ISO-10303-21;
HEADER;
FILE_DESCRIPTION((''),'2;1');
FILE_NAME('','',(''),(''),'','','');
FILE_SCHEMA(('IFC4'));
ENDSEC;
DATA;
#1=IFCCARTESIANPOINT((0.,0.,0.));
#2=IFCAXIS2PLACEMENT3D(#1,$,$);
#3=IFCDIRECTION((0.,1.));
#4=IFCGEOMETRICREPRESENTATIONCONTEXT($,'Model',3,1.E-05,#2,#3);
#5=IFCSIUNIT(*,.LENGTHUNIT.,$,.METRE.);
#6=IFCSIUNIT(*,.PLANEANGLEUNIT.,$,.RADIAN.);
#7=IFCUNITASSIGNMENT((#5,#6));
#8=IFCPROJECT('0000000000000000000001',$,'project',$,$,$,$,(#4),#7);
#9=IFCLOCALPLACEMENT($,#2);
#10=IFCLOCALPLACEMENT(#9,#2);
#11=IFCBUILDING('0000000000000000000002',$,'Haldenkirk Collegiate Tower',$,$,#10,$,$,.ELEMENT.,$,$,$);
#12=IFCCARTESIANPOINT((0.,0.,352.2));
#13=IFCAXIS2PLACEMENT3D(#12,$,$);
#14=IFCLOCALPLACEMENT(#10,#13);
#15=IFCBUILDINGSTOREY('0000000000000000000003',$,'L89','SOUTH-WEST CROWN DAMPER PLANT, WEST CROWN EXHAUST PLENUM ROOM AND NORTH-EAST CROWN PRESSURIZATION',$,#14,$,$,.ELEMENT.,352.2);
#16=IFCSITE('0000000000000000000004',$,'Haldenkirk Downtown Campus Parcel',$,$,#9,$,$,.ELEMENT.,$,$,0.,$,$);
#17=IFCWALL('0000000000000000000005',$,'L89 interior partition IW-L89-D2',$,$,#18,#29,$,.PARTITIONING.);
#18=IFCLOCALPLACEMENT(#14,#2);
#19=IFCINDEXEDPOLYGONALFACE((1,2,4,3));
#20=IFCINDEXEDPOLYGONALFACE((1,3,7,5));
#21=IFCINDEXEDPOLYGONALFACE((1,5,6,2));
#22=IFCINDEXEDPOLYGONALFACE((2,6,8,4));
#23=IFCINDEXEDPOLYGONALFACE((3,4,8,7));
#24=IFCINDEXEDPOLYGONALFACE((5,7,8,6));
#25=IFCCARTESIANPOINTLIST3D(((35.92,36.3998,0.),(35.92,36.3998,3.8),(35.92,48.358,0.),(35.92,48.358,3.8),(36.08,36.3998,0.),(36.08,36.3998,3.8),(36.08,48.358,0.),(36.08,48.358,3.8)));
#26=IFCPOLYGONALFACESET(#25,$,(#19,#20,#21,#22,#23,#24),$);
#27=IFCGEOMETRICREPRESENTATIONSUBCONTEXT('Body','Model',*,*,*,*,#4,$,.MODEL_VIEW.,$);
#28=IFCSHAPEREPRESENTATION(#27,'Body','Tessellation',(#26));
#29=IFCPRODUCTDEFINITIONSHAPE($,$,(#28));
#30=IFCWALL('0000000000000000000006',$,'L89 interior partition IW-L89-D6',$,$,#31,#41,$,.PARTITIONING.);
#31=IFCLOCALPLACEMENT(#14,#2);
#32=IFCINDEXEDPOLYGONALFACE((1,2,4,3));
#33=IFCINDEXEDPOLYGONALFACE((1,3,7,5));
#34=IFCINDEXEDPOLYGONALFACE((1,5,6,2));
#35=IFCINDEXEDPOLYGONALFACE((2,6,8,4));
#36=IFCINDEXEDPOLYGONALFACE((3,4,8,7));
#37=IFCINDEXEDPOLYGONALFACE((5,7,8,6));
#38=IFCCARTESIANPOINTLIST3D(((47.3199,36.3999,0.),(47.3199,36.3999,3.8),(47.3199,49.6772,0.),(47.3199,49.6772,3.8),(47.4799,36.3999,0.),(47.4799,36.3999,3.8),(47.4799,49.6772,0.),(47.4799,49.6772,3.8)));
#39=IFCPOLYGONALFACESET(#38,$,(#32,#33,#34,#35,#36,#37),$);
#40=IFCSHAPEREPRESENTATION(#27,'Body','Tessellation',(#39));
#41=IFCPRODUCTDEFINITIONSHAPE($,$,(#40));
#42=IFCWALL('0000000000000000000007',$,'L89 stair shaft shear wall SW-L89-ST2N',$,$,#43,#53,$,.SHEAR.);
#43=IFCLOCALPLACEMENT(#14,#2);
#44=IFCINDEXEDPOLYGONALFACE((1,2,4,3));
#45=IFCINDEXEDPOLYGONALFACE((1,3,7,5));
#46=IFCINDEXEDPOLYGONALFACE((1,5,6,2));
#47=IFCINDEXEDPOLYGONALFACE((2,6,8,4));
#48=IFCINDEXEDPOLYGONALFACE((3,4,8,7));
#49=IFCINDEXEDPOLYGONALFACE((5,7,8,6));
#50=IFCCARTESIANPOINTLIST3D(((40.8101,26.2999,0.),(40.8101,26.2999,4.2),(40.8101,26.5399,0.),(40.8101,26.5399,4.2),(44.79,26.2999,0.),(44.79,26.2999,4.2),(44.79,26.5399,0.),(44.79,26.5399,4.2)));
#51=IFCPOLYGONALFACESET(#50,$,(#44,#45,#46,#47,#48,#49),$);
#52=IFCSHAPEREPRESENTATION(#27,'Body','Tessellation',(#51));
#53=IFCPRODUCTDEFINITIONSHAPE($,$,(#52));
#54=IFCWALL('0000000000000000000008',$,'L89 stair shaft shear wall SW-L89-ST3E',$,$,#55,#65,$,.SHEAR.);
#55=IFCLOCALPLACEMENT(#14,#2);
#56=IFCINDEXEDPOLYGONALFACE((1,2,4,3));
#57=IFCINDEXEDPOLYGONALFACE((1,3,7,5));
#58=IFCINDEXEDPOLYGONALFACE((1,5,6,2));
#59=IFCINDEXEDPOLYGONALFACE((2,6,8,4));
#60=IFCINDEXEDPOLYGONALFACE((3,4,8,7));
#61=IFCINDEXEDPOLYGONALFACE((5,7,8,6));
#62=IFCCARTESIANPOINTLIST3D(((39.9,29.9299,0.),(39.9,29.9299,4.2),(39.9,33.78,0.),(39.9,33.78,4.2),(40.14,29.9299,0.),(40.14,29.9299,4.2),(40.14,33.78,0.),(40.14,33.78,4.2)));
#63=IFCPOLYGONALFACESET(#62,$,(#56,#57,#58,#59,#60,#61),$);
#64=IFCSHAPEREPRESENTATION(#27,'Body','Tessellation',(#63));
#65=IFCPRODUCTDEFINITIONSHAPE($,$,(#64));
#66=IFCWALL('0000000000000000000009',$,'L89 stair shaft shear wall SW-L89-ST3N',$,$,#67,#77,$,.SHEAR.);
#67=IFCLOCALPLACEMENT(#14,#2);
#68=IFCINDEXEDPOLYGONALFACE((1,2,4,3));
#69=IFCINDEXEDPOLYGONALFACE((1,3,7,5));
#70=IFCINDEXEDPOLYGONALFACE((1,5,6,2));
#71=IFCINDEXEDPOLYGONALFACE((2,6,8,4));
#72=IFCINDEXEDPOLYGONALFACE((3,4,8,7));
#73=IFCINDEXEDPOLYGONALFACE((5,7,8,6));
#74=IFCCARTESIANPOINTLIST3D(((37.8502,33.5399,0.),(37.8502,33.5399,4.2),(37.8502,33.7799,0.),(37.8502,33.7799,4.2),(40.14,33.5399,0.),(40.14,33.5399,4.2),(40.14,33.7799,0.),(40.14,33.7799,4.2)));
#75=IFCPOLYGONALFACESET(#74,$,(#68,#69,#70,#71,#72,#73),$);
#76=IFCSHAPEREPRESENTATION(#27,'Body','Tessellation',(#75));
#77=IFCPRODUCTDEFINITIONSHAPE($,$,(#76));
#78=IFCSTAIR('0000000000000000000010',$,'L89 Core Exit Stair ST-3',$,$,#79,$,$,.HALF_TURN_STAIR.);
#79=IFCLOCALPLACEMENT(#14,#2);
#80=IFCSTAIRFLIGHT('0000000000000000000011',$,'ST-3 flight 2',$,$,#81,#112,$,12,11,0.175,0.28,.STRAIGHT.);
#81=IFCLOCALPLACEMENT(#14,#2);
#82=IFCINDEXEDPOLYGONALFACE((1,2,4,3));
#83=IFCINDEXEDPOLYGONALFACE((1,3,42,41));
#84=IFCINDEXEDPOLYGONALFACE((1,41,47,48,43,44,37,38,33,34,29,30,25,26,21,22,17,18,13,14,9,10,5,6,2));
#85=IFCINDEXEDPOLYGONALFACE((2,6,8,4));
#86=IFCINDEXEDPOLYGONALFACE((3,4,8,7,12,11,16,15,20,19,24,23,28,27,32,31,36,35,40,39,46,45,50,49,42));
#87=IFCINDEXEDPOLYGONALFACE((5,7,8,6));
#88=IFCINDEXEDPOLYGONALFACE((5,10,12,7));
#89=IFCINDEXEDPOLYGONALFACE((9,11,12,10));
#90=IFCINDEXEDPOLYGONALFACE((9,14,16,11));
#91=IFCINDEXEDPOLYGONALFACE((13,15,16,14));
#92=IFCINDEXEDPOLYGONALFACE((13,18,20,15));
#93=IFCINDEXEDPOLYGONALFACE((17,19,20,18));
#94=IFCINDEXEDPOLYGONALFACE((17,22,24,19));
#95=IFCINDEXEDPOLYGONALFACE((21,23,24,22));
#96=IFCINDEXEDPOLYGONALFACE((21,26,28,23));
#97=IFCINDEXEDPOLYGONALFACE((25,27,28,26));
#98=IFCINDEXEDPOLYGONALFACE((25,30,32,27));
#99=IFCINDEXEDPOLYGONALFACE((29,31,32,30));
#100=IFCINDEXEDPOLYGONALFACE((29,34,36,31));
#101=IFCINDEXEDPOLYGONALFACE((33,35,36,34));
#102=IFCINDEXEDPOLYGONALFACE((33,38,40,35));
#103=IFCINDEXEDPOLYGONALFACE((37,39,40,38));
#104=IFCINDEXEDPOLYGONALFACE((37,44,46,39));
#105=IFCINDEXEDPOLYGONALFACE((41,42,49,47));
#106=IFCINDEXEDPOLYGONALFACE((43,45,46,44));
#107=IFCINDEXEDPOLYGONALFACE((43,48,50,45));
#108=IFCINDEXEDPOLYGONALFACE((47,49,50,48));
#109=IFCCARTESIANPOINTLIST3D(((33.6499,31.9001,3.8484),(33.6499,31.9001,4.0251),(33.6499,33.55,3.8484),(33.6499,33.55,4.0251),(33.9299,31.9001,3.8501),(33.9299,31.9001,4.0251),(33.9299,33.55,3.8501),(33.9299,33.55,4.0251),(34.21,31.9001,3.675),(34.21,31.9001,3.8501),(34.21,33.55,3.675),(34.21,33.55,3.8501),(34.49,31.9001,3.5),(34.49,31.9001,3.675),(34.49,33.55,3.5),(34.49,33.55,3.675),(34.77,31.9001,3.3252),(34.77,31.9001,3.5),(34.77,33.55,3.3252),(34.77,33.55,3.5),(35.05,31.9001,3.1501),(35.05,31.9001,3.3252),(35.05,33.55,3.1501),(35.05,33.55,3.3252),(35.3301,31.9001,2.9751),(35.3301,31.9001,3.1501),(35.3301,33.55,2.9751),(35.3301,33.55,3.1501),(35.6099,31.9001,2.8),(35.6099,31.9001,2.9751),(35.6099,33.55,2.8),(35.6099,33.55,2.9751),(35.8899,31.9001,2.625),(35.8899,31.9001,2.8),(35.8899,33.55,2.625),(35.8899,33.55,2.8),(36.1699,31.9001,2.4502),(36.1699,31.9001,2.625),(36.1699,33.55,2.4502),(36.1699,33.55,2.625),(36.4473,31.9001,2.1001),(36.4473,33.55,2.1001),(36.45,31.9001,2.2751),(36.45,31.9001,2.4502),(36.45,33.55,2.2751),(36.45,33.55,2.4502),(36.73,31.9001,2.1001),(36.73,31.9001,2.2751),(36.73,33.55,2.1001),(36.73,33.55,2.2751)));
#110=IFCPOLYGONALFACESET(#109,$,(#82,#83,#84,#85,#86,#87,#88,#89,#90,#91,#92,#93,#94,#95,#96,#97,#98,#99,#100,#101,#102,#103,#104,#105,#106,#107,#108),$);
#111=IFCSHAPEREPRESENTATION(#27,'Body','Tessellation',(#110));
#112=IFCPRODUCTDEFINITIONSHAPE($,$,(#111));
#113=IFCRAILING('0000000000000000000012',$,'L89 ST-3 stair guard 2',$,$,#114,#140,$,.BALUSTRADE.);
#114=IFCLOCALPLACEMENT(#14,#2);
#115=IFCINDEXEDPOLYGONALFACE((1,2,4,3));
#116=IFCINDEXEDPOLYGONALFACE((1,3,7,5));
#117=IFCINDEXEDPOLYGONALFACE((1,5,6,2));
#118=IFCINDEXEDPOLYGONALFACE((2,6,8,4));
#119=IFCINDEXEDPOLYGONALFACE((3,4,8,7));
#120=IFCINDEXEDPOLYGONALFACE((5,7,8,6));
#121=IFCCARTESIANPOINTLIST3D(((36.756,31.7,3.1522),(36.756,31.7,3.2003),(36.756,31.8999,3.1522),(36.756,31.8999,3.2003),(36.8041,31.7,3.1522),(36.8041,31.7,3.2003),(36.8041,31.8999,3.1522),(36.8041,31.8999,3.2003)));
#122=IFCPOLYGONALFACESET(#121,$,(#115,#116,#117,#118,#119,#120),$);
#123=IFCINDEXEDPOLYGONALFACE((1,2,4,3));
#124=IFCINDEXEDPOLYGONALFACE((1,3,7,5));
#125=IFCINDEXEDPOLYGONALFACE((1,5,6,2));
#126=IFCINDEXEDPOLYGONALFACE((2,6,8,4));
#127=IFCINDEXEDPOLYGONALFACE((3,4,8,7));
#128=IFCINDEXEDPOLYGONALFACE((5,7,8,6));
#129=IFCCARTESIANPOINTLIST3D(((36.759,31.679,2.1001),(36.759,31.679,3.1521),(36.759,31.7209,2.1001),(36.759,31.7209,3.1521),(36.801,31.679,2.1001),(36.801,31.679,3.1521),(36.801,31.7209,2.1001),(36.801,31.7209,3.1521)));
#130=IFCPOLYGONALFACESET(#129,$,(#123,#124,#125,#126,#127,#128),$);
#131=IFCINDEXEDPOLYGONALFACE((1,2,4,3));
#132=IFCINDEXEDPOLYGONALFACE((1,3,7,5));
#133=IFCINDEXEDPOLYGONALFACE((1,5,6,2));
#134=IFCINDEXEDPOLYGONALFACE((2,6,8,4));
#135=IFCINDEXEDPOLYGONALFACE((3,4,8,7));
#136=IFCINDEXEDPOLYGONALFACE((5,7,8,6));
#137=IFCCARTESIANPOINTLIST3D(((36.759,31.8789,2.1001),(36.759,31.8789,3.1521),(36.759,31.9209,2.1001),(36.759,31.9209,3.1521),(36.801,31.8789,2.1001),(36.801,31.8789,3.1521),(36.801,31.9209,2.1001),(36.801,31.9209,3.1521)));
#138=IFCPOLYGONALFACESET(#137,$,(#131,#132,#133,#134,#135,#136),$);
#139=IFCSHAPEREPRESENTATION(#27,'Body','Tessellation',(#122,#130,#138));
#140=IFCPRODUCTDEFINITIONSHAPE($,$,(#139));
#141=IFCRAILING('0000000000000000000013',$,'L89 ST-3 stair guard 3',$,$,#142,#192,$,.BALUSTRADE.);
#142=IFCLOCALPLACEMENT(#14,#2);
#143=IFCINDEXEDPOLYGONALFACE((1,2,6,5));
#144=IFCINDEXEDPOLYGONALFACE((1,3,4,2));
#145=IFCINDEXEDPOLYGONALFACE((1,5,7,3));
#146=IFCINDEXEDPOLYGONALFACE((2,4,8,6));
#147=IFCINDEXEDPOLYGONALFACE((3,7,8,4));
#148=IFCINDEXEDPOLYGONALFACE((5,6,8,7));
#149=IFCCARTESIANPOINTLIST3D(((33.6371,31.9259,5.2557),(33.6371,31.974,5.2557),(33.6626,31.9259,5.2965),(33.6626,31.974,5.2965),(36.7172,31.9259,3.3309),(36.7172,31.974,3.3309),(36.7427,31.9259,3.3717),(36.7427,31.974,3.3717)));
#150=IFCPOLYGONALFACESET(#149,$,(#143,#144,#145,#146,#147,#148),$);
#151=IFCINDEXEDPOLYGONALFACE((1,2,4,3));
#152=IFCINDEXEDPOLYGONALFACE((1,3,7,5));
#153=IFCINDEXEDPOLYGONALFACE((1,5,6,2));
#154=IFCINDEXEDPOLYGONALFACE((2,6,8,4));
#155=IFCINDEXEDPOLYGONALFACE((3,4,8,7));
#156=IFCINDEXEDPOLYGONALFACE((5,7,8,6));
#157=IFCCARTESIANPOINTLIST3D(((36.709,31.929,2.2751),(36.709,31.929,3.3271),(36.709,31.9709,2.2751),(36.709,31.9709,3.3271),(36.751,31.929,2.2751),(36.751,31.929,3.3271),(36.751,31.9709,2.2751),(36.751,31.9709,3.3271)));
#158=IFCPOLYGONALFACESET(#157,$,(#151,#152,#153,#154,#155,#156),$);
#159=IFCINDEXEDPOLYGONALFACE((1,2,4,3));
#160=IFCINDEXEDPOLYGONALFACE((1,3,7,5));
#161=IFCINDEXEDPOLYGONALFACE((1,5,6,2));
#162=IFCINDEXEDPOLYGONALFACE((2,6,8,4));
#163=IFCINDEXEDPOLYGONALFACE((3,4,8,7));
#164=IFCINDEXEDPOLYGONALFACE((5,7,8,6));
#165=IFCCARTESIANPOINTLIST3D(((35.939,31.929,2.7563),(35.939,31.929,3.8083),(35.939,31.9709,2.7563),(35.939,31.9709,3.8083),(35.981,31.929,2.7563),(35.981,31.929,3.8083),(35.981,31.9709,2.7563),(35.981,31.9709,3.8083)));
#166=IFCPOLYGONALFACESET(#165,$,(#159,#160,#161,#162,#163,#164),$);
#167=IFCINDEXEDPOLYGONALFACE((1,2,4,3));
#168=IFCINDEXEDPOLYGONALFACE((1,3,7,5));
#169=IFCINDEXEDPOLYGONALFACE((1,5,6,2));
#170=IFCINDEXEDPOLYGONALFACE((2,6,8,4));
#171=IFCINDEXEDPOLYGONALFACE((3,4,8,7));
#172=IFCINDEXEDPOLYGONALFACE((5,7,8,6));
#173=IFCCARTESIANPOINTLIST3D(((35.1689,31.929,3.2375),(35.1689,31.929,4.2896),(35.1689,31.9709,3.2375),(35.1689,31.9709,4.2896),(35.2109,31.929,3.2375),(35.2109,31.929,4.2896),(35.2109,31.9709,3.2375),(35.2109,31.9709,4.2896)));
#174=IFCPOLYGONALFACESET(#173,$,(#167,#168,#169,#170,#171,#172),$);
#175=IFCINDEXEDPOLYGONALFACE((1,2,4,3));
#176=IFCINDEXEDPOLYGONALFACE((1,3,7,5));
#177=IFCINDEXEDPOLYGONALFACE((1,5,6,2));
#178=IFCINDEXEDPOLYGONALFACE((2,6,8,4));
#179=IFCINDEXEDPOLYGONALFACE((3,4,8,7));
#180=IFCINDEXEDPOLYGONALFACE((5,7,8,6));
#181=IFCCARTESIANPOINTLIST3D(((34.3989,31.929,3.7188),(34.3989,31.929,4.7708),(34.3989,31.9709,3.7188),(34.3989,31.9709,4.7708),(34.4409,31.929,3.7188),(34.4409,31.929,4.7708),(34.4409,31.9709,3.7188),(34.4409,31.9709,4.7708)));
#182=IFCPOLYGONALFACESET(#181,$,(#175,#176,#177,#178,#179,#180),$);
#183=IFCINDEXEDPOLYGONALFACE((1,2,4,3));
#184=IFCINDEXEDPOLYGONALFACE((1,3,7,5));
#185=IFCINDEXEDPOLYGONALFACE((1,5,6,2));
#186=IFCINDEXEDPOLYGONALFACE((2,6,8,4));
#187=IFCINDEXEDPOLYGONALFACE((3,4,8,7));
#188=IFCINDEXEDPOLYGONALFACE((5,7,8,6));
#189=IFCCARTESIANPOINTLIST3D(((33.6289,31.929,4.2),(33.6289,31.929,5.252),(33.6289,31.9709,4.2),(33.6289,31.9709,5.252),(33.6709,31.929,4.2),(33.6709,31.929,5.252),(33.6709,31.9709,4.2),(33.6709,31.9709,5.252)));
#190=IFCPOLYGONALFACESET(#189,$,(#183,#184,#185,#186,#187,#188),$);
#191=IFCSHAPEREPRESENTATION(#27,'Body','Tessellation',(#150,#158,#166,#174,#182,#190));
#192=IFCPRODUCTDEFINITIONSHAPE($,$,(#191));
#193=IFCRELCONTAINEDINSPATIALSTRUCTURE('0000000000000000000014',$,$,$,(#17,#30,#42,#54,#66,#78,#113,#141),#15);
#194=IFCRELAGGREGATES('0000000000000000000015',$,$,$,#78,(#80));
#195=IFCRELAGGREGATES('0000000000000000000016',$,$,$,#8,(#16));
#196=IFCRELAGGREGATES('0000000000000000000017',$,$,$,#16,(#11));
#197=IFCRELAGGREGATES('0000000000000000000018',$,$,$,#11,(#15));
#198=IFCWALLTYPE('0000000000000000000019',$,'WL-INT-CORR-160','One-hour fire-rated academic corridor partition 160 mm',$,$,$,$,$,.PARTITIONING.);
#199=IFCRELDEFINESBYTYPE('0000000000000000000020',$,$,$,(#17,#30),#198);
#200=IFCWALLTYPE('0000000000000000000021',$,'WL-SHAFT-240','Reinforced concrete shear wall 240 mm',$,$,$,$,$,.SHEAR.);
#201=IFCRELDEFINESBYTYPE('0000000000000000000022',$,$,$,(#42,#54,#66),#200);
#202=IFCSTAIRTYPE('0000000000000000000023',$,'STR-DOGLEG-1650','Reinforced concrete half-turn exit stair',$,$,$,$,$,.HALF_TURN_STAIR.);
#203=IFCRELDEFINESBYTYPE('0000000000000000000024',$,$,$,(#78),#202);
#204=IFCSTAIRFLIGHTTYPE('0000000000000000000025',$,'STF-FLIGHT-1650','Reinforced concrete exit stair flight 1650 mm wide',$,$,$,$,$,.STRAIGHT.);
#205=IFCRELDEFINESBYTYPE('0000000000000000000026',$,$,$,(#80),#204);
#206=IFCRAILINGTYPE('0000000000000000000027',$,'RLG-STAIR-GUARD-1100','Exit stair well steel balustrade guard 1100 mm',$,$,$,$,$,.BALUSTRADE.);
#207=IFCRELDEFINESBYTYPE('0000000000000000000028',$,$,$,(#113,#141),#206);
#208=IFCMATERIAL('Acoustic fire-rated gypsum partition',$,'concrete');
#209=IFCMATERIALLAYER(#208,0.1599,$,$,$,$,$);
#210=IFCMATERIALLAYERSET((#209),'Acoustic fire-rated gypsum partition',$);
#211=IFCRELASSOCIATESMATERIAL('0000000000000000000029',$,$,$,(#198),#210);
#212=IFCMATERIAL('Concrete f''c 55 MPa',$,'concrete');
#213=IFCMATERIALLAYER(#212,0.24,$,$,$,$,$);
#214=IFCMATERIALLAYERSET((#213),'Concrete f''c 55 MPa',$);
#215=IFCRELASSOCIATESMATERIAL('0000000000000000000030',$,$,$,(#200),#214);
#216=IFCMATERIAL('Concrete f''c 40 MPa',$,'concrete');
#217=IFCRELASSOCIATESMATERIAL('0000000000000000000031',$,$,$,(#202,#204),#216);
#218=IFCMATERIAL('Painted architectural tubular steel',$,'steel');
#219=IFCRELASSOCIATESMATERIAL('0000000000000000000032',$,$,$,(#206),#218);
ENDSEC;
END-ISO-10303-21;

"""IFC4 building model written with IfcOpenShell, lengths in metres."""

from ifc_helpers import new_model, si_unit, direction, frame, frame_2d, origin, origin_2d, place, context, subcontext, project, spatial, polyline, rectangle, outline, extrude, material, layer, layer_set, type_object, element, aggregate, save


model = new_model("IFC4")

# Units and contexts
model_context = context("Model", 3, precision=1e-05, world=origin(), true_north=direction((0.0, 1.0)))
body_context = subcontext(model_context, "Body", "Model", "MODEL_VIEW")
ifc_project = project(units=[si_unit("LENGTHUNIT", "METRE"), si_unit("PLANEANGLEUNIT", "RADIAN")], contexts=[model_context])

# Site, building, storey
site_placement = place(None, origin())
site = spatial("IfcSite", under=ifc_project, at=site_placement, Name="Haldenkirk Downtown Campus Parcel", CompositionType="ELEMENT", RefElevation=0.0)
building_placement = place(site_placement, origin())
building = spatial("IfcBuilding", under=site, at=building_placement, Name="Haldenkirk Collegiate Tower", CompositionType="ELEMENT")
storey_placement = place(building_placement, frame((0.0, 0.0, 352.2)))
storey = spatial("IfcBuildingStorey", under=building, at=storey_placement, Name="L89", Description="SOUTH-WEST CROWN DAMPER PLANT, WEST CROWN EXHAUST PLENUM ROOM AND NORTH-EAST CROWN PRESSURIZATION", CompositionType="ELEMENT", Elevation=352.2)

# Shared definitions
ifc_material_1 = material(Name="Acoustic fire-rated gypsum partition", Category="concrete")
ifc_layer_1 = layer(ifc_material_1, 0.1599)
ifc_layer_set_1 = layer_set([ifc_layer_1], Name="Acoustic fire-rated gypsum partition")
wall_type_1 = type_object("IfcWallType", Name="WL-INT-CORR-160", Description="One-hour fire-rated academic corridor partition 160 mm", PredefinedType="PARTITIONING", material=ifc_layer_set_1)

# Walls
wall_1_placement = place(storey_placement, frame((36.0, 36.3999, 0.0), z_axis=(0.0, 0.0, 1.0), x_axis=(0.0, 1.0, 0.0)))
element("IfcWall", 1, at=wall_1_placement, inside=storey, type_object=wall_type_1, Name="L89 interior partition IW-L89-D2", PredefinedType="PARTITIONING", context=body_context, shape_type="SweptSolid", body=[
    extrude(rectangle(XDim=11.9583, YDim=0.1599, at=frame_2d((5.979, 0.0))), origin(), (0.0, 0.0, 1.0), 3.8),
])
wall_2_placement = place(storey_placement, frame((47.3999, 36.3999, 0.0), z_axis=(0.0, 0.0, 1.0), x_axis=(0.0, 1.0, 0.0)))
element("IfcWall", 2, at=wall_2_placement, inside=storey, type_object=wall_type_1, Name="L89 interior partition IW-L89-D6", PredefinedType="PARTITIONING", context=body_context, shape_type="SweptSolid", body=[
    extrude(rectangle(XDim=13.2773, YDim=0.1599, at=frame_2d((6.6387, 0.0))), origin(), (0.0, 0.0, 1.0), 3.8),
])
ifc_material_2 = material(Name="Concrete f'c 55 MPa", Category="concrete")
ifc_layer_2 = layer(ifc_material_2, 0.24)
ifc_layer_set_2 = layer_set([ifc_layer_2], Name="Concrete f'c 55 MPa")
wall_type_2 = type_object("IfcWallType", Name="WL-SHAFT-240", Description="Reinforced concrete shear wall 240 mm", PredefinedType="SHEAR", material=ifc_layer_set_2)
wall_3_placement = place(storey_placement, frame((40.8101, 26.4199, 0.0), z_axis=(0.0, 0.0, 1.0), x_axis=(1.0, 0.0, 0.0)))
element("IfcWall", 3, at=wall_3_placement, inside=storey, type_object=wall_type_2, Name="L89 stair shaft shear wall SW-L89-ST2N", PredefinedType="SHEAR", context=body_context, shape_type="SweptSolid", body=[
    extrude(rectangle(XDim=3.98, YDim=0.24, at=frame_2d((1.99, 0.0))), origin(), (0.0, 0.0, 1.0), 4.2),
])
wall_4_placement = place(storey_placement, frame((40.02, 29.9299, 0.0), z_axis=(0.0, 0.0, 1.0), x_axis=(0.0, 1.0, 0.0)))
element("IfcWall", 4, at=wall_4_placement, inside=storey, type_object=wall_type_2, Name="L89 stair shaft shear wall SW-L89-ST3E", PredefinedType="SHEAR", context=body_context, shape_type="SweptSolid", body=[
    extrude(rectangle(XDim=3.8501, YDim=0.24, at=frame_2d((1.925, 0.0))), origin(), (0.0, 0.0, 1.0), 4.2),
])
wall_5_placement = place(storey_placement, frame((37.8501, 33.6599, 0.0), z_axis=(0.0, 0.0, 1.0), x_axis=(1.0, 0.0, 0.0)))
element("IfcWall", 5, at=wall_5_placement, inside=storey, type_object=wall_type_2, Name="L89 stair shaft shear wall SW-L89-ST3N", PredefinedType="SHEAR", context=body_context, shape_type="SweptSolid", body=[
    extrude(rectangle(XDim=2.2898, YDim=0.24, at=frame_2d((1.145, 0.0))), origin(), (0.0, 0.0, 1.0), 4.2),
])

# Stair, stair flight
ifc_material_3 = material(Name="Concrete f'c 40 MPa", Category="concrete")
stair_type = type_object("IfcStairType", Name="STR-DOGLEG-1650", Description="Reinforced concrete half-turn exit stair", PredefinedType="HALF_TURN_STAIR", material=ifc_material_3)
stair_placement = place(storey_placement, origin())
stair = element("IfcStair", 6, at=stair_placement, inside=storey, type_object=stair_type, Name="L89 Core Exit Stair ST-3", PredefinedType="HALF_TURN_STAIR")
stair_flight_type = type_object("IfcStairFlightType", Name="STF-FLIGHT-1650", Description="Reinforced concrete exit stair flight 1650 mm wide", PredefinedType="STRAIGHT", material=ifc_material_3)
stair_flight_placement = place(storey_placement, frame((36.73, 32.7251, 2.1001), z_axis=(0.0, 0.0, 1.0), x_axis=(-1.0, 0.0, 0.0)))
stair_flight = element("IfcStairFlight", 7, at=stair_flight_placement, type_object=stair_flight_type, Name="ST-3 flight 2", NumberOfRisers=12, NumberOfTreads=11, PredefinedType="STRAIGHT", RiserHeight=0.175, TreadLength=0.28, context=body_context, shape_type="SweptSolid", body=[
    extrude(outline(polyline([(0.0, 0.0), (0.0, 0.175), (0.28, 0.175), (0.28, 0.3501), (0.5601, 0.3501), (0.5601, 0.5249), (0.8401, 0.5249), (0.8401, 0.7), (1.1201, 0.7), (1.1201, 0.875), (1.3999, 0.875), (1.3999, 1.05), (1.6799, 1.05), (1.6799, 1.2251), (1.96, 1.2251), (1.96, 1.3999), (2.24, 1.3999), (2.24, 1.575), (2.52, 1.575), (2.52, 1.75), (2.8, 1.75), (2.8, 1.925), (3.0801, 1.925), (3.0801, 2.1001), (3.0801, 1.7483), (0.2827, 0.0), (0.0, 0.0)])), frame((0.0, 0.825, 0.0), z_axis=(0.0, -1.0, 0.0), x_axis=(1.0, 0.0, 0.0)), (0.0, 0.0, 1.0), 1.6499),
])
aggregate(stair, [stair_flight])

# Railings
ifc_material_4 = material(Name="Painted architectural tubular steel", Category="steel")
railing_type_1 = type_object("IfcRailingType", Name="RLG-STAIR-GUARD-1100", Description="Exit stair well steel balustrade guard 1100 mm", PredefinedType="BALUSTRADE", material=ifc_material_4)
railing_1_placement = place(storey_placement, frame((36.78, 31.7, 2.1001)))
element("IfcRailing", 8, at=railing_1_placement, inside=storey, type_object=railing_type_1, Name="L89 ST-3 stair guard 2", PredefinedType="BALUSTRADE", context=body_context, shape_type="SweptSolid", body=[
    extrude(rectangle(XDim=0.0481, YDim=0.0481, at=origin_2d()), frame((0.0, 0.0, 1.0762), z_axis=(0.0, 1.0, 0.0), x_axis=(-1.0, 0.0, 0.0)), (0.0, 0.0, 1.0), 0.2),
    extrude(rectangle(XDim=0.042, YDim=0.042, at=origin_2d()), origin(), (0.0, 0.0, 1.0), 1.052),
    extrude(rectangle(XDim=0.042, YDim=0.042, at=origin_2d()), frame((0.0, 0.2, 0.0)), (0.0, 0.0, 1.0), 1.052),
])
railing_2_placement = place(storey_placement, frame((36.73, 31.95, 2.2751)))
element("IfcRailing", 9, at=railing_2_placement, inside=storey, type_object=railing_type_1, Name="L89 ST-3 stair guard 3", PredefinedType="BALUSTRADE", context=body_context, shape_type="SweptSolid", body=[
    extrude(rectangle(XDim=0.0481, YDim=0.0481, at=origin_2d()), frame((0.0, 0.0, 1.0762), z_axis=(-0.848029, 0.0, 0.529951), x_axis=(0.0, -1.0, 0.0)), (0.0, 0.0, 1.0), 3.6321),
    extrude(rectangle(XDim=0.042, YDim=0.042, at=origin_2d()), origin(), (0.0, 0.0, 1.0), 1.052),
    extrude(rectangle(XDim=0.042, YDim=0.042, at=origin_2d()), frame((-0.77, 0.0, 0.4812)), (0.0, 0.0, 1.0), 1.052),
    extrude(rectangle(XDim=0.042, YDim=0.042, at=origin_2d()), frame((-1.54, 0.0, 0.9624)), (0.0, 0.0, 1.0), 1.052),
    extrude(rectangle(XDim=0.042, YDim=0.042, at=origin_2d()), frame((-2.3101, 0.0, 1.4436)), (0.0, 0.0, 1.0), 1.052),
    extrude(rectangle(XDim=0.042, YDim=0.042, at=origin_2d()), frame((-3.0801, 0.0, 1.9248)), (0.0, 0.0, 1.0), 1.052),
])

save(model, "model.ifc")
